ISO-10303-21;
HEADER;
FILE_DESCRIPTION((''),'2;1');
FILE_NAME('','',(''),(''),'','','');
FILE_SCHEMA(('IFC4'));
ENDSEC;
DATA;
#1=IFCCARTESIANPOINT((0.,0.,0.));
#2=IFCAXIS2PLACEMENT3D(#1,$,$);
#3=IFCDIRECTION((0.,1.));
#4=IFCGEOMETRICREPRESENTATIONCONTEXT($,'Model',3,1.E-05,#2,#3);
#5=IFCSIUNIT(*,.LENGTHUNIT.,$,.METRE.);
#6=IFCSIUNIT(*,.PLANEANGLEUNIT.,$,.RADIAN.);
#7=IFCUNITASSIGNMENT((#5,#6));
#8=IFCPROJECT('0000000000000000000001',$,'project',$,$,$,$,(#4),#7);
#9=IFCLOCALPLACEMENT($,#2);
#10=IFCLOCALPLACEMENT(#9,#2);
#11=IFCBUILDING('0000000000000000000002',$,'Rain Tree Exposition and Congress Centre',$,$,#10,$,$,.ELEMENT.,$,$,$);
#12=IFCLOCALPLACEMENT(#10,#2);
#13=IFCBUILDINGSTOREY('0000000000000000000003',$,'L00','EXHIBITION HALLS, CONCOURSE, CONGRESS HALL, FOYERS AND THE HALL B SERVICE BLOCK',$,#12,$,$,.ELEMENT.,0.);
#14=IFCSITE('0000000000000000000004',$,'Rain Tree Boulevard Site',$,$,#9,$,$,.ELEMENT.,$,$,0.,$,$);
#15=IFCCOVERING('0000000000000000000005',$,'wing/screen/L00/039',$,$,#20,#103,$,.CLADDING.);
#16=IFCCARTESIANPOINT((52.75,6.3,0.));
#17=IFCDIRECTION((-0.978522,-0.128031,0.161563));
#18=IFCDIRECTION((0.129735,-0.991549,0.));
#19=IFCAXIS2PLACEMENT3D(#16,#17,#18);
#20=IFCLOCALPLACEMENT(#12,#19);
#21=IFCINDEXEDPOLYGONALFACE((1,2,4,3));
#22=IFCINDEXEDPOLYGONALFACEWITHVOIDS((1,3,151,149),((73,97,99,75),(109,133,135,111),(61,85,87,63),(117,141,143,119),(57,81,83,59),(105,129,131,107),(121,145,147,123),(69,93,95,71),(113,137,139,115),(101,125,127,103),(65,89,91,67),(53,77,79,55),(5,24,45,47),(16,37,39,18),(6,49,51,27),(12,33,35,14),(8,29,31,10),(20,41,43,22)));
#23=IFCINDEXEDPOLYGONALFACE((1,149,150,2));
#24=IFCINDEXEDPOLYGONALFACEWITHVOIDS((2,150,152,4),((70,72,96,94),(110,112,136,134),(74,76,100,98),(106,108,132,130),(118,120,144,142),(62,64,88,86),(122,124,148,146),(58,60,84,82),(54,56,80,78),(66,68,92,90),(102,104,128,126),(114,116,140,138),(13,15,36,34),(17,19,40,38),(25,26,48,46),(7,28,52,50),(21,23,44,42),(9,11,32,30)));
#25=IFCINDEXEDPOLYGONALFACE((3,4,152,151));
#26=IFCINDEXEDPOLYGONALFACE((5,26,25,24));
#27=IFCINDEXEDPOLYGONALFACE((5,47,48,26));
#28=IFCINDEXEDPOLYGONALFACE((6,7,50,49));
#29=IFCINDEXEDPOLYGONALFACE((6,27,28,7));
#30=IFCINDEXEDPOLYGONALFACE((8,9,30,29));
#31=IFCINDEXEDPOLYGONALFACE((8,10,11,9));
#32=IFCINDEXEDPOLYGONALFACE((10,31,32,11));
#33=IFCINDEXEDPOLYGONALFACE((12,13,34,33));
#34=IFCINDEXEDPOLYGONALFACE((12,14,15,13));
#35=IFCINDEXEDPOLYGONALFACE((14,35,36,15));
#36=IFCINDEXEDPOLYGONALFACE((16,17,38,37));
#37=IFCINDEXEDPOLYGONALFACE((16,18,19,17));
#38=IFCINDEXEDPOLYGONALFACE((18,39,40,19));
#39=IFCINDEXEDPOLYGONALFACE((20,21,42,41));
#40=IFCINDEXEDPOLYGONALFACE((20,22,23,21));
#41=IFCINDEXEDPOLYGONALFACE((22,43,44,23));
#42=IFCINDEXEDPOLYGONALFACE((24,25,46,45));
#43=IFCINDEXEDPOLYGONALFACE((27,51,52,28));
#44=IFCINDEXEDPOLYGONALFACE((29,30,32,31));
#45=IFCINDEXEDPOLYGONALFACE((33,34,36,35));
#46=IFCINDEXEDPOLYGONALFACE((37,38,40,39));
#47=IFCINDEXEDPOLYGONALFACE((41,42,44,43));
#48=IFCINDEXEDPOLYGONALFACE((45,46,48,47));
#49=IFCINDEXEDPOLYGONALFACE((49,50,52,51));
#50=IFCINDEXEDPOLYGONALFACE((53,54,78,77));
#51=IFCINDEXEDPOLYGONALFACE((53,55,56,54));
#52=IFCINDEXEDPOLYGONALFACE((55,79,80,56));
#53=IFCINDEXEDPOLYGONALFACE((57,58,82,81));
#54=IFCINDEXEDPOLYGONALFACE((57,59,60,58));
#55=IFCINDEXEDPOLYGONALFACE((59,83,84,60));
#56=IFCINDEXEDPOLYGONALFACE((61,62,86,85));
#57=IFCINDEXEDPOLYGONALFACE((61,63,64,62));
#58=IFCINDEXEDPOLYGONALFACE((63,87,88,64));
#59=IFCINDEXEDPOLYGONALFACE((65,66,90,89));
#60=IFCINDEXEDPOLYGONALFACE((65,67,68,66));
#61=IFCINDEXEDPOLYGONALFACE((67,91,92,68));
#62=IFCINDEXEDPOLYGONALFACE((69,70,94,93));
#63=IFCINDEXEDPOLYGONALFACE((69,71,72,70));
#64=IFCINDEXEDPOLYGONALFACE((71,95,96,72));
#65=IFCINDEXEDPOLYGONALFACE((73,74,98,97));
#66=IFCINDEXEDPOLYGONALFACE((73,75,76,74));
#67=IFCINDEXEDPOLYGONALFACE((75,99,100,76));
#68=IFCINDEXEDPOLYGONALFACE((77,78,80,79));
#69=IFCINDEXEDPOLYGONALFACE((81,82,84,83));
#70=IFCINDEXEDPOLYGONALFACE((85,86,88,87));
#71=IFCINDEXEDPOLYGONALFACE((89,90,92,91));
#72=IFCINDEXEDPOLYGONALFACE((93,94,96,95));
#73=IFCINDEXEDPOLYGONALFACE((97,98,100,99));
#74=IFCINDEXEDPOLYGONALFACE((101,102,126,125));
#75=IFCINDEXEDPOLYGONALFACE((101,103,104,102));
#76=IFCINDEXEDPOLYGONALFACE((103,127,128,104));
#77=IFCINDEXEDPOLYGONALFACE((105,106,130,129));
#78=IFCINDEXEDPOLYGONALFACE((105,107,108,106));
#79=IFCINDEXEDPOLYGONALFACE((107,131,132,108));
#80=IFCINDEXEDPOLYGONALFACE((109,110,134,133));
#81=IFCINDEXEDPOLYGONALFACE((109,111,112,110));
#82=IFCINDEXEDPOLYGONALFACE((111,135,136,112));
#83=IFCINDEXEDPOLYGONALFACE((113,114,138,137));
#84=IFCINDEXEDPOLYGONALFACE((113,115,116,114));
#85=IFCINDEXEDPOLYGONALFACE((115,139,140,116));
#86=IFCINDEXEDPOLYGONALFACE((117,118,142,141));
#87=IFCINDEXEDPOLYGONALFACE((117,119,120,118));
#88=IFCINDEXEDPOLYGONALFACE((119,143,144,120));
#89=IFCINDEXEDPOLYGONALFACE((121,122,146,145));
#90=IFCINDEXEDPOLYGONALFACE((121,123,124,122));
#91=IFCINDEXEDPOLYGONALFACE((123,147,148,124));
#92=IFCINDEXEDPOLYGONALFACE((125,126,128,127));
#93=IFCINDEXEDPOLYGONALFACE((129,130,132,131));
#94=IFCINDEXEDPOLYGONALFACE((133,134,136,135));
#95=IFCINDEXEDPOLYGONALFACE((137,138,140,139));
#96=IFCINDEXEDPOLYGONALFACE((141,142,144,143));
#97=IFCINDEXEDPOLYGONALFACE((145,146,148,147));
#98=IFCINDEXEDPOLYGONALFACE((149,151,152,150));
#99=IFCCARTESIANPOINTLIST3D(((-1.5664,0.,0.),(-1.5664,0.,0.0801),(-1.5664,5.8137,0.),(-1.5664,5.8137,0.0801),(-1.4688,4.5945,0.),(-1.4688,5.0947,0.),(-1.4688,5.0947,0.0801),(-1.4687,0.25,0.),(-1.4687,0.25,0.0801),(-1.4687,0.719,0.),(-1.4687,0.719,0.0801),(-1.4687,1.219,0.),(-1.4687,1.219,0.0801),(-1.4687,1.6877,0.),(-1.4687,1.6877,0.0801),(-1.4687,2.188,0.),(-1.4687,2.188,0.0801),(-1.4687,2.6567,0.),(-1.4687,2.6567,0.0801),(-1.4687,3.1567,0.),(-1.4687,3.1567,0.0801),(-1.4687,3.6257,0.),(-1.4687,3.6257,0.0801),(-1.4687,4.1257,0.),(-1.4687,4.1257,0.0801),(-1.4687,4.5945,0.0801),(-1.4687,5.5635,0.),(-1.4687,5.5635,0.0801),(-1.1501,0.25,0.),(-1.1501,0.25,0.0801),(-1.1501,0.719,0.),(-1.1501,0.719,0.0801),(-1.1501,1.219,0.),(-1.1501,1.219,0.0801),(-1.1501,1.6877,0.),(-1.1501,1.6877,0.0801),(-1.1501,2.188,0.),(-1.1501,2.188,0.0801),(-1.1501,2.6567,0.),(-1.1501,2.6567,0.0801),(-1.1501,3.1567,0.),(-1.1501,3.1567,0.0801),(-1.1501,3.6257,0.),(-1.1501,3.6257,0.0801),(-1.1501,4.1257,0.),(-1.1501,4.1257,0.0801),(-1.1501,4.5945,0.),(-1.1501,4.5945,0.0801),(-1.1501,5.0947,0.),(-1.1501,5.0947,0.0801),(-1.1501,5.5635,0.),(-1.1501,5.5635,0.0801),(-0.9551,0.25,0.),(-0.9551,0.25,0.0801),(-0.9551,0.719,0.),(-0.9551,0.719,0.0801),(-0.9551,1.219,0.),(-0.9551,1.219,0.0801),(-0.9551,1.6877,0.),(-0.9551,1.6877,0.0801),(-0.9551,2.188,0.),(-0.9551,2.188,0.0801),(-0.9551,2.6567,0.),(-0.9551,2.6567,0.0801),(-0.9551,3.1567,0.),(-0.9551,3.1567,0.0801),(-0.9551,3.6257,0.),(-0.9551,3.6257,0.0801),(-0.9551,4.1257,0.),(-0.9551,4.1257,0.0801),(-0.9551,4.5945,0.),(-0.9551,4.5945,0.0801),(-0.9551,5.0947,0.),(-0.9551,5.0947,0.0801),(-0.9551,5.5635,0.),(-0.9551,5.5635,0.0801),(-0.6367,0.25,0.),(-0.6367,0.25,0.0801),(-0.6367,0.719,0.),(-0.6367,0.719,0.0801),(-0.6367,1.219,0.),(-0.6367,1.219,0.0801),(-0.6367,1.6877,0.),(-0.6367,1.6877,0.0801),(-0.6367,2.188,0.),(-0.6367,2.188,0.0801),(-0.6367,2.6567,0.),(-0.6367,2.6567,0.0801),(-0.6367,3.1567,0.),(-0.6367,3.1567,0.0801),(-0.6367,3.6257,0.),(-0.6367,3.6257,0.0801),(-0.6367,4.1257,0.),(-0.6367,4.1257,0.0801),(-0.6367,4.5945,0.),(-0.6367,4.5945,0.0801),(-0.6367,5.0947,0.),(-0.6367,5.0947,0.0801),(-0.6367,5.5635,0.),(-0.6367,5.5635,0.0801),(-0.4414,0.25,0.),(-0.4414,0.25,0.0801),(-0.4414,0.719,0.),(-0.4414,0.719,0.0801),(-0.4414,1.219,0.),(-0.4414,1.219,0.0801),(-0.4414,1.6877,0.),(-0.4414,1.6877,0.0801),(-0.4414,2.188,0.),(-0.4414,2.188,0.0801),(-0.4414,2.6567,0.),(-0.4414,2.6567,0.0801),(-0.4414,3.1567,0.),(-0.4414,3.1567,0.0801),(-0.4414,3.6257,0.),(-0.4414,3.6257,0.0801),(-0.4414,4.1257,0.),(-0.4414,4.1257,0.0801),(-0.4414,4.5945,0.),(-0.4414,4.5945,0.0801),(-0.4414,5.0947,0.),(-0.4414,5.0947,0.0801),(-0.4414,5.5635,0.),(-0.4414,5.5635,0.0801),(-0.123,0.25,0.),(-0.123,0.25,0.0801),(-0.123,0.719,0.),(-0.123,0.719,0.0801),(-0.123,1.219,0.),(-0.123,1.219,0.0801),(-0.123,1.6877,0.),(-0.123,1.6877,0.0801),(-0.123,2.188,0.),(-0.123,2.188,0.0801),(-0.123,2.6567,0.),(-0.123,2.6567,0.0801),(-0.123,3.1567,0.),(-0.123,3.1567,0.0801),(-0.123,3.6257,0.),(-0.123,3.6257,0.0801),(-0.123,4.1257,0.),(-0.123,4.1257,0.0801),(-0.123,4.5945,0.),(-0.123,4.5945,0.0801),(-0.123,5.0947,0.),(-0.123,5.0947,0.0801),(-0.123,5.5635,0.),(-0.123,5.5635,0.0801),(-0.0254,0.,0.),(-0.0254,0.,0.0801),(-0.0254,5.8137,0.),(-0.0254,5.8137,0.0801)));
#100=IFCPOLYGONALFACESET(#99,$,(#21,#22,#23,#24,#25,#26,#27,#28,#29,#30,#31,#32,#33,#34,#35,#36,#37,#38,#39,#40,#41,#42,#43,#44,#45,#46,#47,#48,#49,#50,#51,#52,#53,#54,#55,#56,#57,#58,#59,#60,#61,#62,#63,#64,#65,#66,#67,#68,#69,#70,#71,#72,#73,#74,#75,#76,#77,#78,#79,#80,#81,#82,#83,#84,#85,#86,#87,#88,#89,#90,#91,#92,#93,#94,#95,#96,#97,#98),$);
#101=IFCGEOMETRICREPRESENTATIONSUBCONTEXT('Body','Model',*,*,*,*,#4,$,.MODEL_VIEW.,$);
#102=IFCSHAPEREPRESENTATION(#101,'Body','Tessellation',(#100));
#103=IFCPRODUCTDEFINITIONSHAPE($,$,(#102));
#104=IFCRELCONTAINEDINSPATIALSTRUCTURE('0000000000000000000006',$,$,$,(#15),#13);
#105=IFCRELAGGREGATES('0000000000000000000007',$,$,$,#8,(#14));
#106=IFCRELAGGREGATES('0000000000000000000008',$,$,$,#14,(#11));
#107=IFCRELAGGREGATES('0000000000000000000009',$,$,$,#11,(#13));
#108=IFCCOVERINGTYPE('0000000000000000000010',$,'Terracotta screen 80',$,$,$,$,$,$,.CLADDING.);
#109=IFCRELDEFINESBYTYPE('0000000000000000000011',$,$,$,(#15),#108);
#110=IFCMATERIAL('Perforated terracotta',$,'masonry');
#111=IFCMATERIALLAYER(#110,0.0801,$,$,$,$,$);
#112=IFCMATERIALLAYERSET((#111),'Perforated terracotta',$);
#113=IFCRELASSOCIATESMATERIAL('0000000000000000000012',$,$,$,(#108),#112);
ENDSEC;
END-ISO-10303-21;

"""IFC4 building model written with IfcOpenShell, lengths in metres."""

from ifc_helpers import new_model, si_unit, direction, frame, origin, place, context, subcontext, project, spatial, polyline, outline, extrude, material, layer, layer_set, type_object, element, save


model = new_model("IFC4")

# Units and contexts
model_context = context("Model", 3, precision=1e-05, world=origin(), true_north=direction((0.0, 1.0)))
body_context = subcontext(model_context, "Body", "Model", "MODEL_VIEW")
ifc_project = project(units=[si_unit("LENGTHUNIT", "METRE"), si_unit("PLANEANGLEUNIT", "RADIAN")], contexts=[model_context])

# Site, building, storey
site_placement = place(None, origin())
site = spatial("IfcSite", under=ifc_project, at=site_placement, Name="Rain Tree Boulevard Site", CompositionType="ELEMENT", RefElevation=0.0)
building_placement = place(site_placement, origin())
building = spatial("IfcBuilding", under=site, at=building_placement, Name="Rain Tree Exposition and Congress Centre", CompositionType="ELEMENT")
storey_placement = place(building_placement, origin())
storey = spatial("IfcBuildingStorey", under=building, at=storey_placement, Name="L00", Description="EXHIBITION HALLS, CONCOURSE, CONGRESS HALL, FOYERS AND THE HALL B SERVICE BLOCK", CompositionType="ELEMENT", Elevation=0.0)

# Covering
ifc_material_1 = material(Name="Perforated terracotta", Category="masonry")
ifc_layer = layer(ifc_material_1, 0.0801)
ifc_layer_set = layer_set([ifc_layer], Name="Perforated terracotta")
covering_type = type_object("IfcCoveringType", Name="Terracotta screen 80", PredefinedType="CLADDING", material=ifc_layer_set)
covering_1_placement = place(storey_placement, frame((52.75, 6.3, 0.0), z_axis=(-0.978522, -0.128031, 0.161563), x_axis=(0.129735, -0.991549, 0.0)))
element("IfcCovering", 1, at=covering_1_placement, inside=storey, type_object=covering_type, Name="wing/screen/L00/039", PredefinedType="CLADDING", context=body_context, shape_type="SweptSolid", body=[
    extrude(outline(polyline([(-0.0254, 5.8137), (-0.0254, 0.0), (-1.5664, 0.0), (-1.5664, 5.8137), (-0.0254, 5.8137)]), holes=[polyline([(-0.123, 0.25), (-0.123, 0.719), (-0.4414, 0.719), (-0.4414, 0.25), (-0.123, 0.25)]), polyline([(-0.123, 1.219), (-0.123, 1.6877), (-0.4414, 1.6877), (-0.4414, 1.219), (-0.123, 1.219)]), polyline([(-0.123, 2.188), (-0.123, 2.6567), (-0.4414, 2.6567), (-0.4414, 2.188), (-0.123, 2.188)]), polyline([(-0.123, 3.1567), (-0.123, 3.6257), (-0.4414, 3.6257), (-0.4414, 3.1567), (-0.123, 3.1567)]), polyline([(-0.123, 4.1257), (-0.123, 4.5945), (-0.4414, 4.5945), (-0.4414, 4.1257), (-0.123, 4.1257)]), polyline([(-0.123, 5.0947), (-0.123, 5.5635), (-0.4414, 5.5635), (-0.4414, 5.0947), (-0.123, 5.0947)]), polyline([(-0.6367, 0.25), (-0.6367, 0.719), (-0.9551, 0.719), (-0.9551, 0.25), (-0.6367, 0.25)]), polyline([(-0.6367, 1.219), (-0.6367, 1.6877), (-0.9551, 1.6877), (-0.9551, 1.219), (-0.6367, 1.219)]), polyline([(-0.6367, 2.188), (-0.6367, 2.6567), (-0.9551, 2.6567), (-0.9551, 2.188), (-0.6367, 2.188)]), polyline([(-0.6367, 3.1567), (-0.6367, 3.6257), (-0.9551, 3.6257), (-0.9551, 3.1567), (-0.6367, 3.1567)]), polyline([(-0.6367, 4.1257), (-0.6367, 4.5945), (-0.9551, 4.5945), (-0.9551, 4.1257), (-0.6367, 4.1257)]), polyline([(-0.6367, 5.0947), (-0.6367, 5.5635), (-0.9551, 5.5635), (-0.9551, 5.0947), (-0.6367, 5.0947)]), polyline([(-1.1501, 0.25), (-1.1501, 0.719), (-1.4688, 0.719), (-1.4688, 0.25), (-1.1501, 0.25)]), polyline([(-1.1501, 1.219), (-1.1501, 1.6877), (-1.4688, 1.6877), (-1.4688, 1.219), (-1.1501, 1.219)]), polyline([(-1.1501, 2.188), (-1.1501, 2.6567), (-1.4688, 2.6567), (-1.4688, 2.188), (-1.1501, 2.188)]), polyline([(-1.1501, 3.1567), (-1.1501, 3.6257), (-1.4688, 3.6257), (-1.4688, 3.1567), (-1.1501, 3.1567)]), polyline([(-1.1501, 4.1257), (-1.1501, 4.5945), (-1.4688, 4.5945), (-1.4688, 4.1257), (-1.1501, 4.1257)]), polyline([(-1.1501, 5.0947), (-1.1501, 5.5635), (-1.4688, 5.5635), (-1.4688, 5.0947), (-1.1501, 5.0947)])]), origin(), (0.0, 0.0, 1.0), 0.0801),
])

save(model, "model.ifc")
